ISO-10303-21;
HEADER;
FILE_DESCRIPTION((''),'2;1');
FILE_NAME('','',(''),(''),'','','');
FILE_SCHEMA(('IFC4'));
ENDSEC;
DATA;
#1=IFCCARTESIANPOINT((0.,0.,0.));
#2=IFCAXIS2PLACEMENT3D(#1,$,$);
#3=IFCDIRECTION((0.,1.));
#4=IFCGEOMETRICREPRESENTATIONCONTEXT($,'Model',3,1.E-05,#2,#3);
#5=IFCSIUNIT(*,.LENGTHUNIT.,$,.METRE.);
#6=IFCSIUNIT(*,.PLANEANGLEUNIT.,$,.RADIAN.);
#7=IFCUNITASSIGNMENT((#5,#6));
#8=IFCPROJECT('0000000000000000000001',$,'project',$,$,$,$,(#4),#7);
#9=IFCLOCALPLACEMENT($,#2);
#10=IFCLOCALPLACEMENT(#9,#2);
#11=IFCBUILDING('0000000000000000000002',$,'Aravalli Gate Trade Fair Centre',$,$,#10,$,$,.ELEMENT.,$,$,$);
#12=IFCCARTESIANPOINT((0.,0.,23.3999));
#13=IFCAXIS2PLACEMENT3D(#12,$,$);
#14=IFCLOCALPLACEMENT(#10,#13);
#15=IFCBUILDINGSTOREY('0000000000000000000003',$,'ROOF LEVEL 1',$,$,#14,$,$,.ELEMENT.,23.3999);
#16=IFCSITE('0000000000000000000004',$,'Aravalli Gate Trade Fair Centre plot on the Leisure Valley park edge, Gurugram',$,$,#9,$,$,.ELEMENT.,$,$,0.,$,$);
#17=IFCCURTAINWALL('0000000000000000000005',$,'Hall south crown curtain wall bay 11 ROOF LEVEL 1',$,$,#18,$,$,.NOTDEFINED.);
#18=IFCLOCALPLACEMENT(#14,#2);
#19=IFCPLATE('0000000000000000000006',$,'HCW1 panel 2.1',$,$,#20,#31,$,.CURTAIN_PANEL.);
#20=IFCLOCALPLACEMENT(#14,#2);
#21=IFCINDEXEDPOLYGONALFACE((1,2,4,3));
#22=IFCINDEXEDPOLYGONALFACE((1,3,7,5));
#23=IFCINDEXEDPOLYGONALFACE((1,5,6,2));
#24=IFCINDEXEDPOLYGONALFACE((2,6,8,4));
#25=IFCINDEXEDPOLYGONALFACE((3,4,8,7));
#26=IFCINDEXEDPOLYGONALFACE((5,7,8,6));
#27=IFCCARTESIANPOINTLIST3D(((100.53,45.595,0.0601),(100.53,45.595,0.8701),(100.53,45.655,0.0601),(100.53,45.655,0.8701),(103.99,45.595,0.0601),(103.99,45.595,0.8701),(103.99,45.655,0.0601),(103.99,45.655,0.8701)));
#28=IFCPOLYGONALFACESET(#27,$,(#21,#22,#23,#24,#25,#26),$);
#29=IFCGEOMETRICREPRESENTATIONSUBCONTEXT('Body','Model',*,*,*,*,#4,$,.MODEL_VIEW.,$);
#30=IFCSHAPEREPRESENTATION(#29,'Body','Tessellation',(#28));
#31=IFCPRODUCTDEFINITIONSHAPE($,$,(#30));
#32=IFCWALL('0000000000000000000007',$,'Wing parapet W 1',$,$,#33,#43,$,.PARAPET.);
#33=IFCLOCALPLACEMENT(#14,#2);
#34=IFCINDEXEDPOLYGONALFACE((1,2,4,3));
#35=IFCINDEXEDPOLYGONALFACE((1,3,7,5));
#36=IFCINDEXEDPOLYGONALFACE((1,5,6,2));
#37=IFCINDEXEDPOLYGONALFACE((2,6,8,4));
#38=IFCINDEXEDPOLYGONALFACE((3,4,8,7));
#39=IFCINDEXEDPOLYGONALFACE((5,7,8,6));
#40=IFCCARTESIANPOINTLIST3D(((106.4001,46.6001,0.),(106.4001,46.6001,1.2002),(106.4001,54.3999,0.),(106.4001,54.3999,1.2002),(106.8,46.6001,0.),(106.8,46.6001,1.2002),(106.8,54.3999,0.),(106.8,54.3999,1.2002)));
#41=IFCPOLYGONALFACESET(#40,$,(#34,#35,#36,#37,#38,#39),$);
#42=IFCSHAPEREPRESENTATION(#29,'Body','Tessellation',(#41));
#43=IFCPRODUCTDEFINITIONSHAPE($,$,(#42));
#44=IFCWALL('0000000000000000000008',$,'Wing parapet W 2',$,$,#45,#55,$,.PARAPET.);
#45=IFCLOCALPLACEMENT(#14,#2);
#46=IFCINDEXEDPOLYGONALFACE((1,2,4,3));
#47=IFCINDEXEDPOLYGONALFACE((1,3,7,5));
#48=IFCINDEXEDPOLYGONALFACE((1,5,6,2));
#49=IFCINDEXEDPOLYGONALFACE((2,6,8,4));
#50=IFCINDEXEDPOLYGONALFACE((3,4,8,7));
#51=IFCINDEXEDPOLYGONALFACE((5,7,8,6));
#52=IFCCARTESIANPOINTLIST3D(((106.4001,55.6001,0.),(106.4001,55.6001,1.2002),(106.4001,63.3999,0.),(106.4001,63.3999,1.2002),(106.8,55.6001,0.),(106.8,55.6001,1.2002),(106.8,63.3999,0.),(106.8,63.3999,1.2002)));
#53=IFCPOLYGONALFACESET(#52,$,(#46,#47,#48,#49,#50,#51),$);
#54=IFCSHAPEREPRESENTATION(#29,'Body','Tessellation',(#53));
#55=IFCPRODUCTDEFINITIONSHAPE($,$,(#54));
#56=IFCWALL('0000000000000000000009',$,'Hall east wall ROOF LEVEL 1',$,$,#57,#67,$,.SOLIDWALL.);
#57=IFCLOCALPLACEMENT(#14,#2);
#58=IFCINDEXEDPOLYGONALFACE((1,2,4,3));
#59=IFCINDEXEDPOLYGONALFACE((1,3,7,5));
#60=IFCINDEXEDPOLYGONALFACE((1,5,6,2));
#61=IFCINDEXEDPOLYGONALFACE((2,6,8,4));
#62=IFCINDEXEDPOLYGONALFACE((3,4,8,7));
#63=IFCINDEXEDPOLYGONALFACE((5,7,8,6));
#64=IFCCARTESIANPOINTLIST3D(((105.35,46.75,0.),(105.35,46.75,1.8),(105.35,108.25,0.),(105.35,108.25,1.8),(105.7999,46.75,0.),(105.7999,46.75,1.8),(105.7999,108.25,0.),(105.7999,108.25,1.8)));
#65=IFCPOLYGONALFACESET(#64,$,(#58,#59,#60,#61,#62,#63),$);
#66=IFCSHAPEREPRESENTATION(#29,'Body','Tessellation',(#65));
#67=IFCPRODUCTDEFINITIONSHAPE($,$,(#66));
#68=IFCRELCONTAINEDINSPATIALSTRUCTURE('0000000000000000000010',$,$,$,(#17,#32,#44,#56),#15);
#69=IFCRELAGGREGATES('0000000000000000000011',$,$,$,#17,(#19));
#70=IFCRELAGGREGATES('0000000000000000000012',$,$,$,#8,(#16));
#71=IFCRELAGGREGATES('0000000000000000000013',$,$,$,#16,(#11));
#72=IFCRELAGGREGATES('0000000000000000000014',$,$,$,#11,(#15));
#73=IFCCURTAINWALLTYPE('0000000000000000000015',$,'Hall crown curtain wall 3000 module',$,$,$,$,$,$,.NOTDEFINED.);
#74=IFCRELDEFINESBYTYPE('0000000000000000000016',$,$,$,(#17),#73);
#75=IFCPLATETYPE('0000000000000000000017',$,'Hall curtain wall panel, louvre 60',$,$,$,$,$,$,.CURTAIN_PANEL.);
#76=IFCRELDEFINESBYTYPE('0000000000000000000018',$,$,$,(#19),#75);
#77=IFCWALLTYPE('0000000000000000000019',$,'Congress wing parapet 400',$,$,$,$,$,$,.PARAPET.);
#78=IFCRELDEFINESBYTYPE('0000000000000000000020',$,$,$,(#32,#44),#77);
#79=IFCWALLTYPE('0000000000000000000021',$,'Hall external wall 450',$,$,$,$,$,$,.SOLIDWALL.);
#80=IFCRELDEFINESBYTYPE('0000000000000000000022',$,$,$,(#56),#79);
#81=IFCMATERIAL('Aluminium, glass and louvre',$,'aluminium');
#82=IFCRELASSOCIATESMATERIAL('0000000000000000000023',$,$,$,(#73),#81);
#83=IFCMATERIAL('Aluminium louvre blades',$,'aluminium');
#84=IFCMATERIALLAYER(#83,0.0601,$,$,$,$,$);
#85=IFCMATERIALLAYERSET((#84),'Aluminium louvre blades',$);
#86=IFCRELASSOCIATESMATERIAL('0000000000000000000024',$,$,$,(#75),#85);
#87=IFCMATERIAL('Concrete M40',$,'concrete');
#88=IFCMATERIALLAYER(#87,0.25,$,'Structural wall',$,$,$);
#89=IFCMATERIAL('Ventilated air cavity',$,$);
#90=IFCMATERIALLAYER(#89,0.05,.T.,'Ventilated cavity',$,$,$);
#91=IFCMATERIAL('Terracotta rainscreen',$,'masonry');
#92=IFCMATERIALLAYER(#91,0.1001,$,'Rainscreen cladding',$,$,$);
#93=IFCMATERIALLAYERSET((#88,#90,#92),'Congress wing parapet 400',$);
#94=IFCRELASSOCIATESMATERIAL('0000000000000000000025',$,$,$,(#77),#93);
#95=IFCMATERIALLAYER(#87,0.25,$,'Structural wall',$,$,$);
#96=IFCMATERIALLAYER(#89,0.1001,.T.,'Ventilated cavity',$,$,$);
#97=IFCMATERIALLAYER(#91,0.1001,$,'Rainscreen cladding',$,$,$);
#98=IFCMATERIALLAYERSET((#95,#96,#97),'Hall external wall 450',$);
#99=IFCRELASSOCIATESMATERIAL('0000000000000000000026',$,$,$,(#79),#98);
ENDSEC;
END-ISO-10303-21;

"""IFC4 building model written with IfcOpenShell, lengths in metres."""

from ifc_helpers import new_model, si_unit, direction, frame, frame_2d, origin, origin_2d, place, context, subcontext, project, spatial, rectangle, extrude, material, layer, layer_set, type_object, element, aggregate, save


model = new_model("IFC4")

# Units and contexts
model_context = context("Model", 3, precision=1e-05, world=origin(), true_north=direction((0.0, 1.0)))
body_context = subcontext(model_context, "Body", "Model", "MODEL_VIEW")
ifc_project = project(units=[si_unit("LENGTHUNIT", "METRE"), si_unit("PLANEANGLEUNIT", "RADIAN")], contexts=[model_context])

# Site, building, storey
site_placement = place(None, origin())
site = spatial("IfcSite", under=ifc_project, at=site_placement, Name="Aravalli Gate Trade Fair Centre plot on the Leisure Valley park edge, Gurugram", CompositionType="ELEMENT", RefElevation=0.0)
building_placement = place(site_placement, origin())
building = spatial("IfcBuilding", under=site, at=building_placement, Name="Aravalli Gate Trade Fair Centre", CompositionType="ELEMENT")
storey_placement = place(building_placement, frame((0.0, 0.0, 23.3999)))
storey = spatial("IfcBuildingStorey", under=building, at=storey_placement, Name="ROOF LEVEL 1", CompositionType="ELEMENT", Elevation=23.3999)

# Curtain wall
ifc_material_1 = material(Name="Aluminium, glass and louvre", Category="aluminium")
curtain_wall_type = type_object("IfcCurtainWallType", Name="Hall crown curtain wall 3000 module", PredefinedType="NOTDEFINED", material=ifc_material_1)
curtain_wall_1_placement = place(storey_placement, origin())
curtain_wall_1 = element("IfcCurtainWall", 1, at=curtain_wall_1_placement, inside=storey, type_object=curtain_wall_type, Name="Hall south crown curtain wall bay 11 ROOF LEVEL 1", PredefinedType="NOTDEFINED")

# Plate
ifc_material_2 = material(Name="Aluminium louvre blades", Category="aluminium")
ifc_layer_1 = layer(ifc_material_2, 0.0601)
ifc_layer_set_1 = layer_set([ifc_layer_1], Name="Aluminium louvre blades")
plate_type_1 = type_object("IfcPlateType", Name="Hall curtain wall panel, louvre 60", PredefinedType="CURTAIN_PANEL", material=ifc_layer_set_1)
plate_1_placement = place(storey_placement, frame((102.26, 45.625, 0.0601), z_axis=(0.0, 0.0, 1.0), x_axis=(1.0, 0.0, 0.0)))
plate_1 = element("IfcPlate", 2, at=plate_1_placement, type_object=plate_type_1, Name="HCW1 panel 2.1", PredefinedType="CURTAIN_PANEL", context=body_context, shape_type="SweptSolid", body=[
    extrude(rectangle(XDim=3.46, YDim=0.0601, at=origin_2d()), origin(), (0.0, 0.0, 1.0), 0.8101),
])
aggregate(curtain_wall_1, [plate_1])

# Walls
ifc_material_3 = material(Name="Concrete M40", Category="concrete")
ifc_layer_2 = layer(ifc_material_3, 0.25, Name="Structural wall")
ifc_material_4 = material(Name="Ventilated air cavity")
ifc_layer_3 = layer(ifc_material_4, 0.05, ventilated=True, Name="Ventilated cavity")
ifc_material_5 = material(Name="Terracotta rainscreen", Category="masonry")
ifc_layer_4 = layer(ifc_material_5, 0.1001, Name="Rainscreen cladding")
ifc_layer_set_2 = layer_set([ifc_layer_2, ifc_layer_3, ifc_layer_4], Name="Congress wing parapet 400")
wall_type_1 = type_object("IfcWallType", Name="Congress wing parapet 400", PredefinedType="PARAPET", material=ifc_layer_set_2)
for number, where, z_axis, x_axis, name in (
    (3, (106.6001, 46.6001, 0.0), (0.0, 0.0, 1.0), (0.0, 1.0, 0.0), "Wing parapet W 1"),
    (4, (106.6001, 55.6001, 0.0), (0.0, 0.0, 1.0), (0.0, 1.0, 0.0), "Wing parapet W 2"),
):
    element("IfcWall", number, at=place(storey_placement, frame(where, z_axis=z_axis, x_axis=x_axis)), inside=storey, type_object=wall_type_1, Name=name, PredefinedType="PARAPET", context=body_context, shape_type="SweptSolid", body=[
        extrude(rectangle(XDim=7.7998, YDim=0.3999, at=frame_2d((3.8999, 0.0))), origin(), (0.0, 0.0, 1.0), 1.2002),
    ])
ifc_layer_5 = layer(ifc_material_3, 0.25, Name="Structural wall")
ifc_layer_6 = layer(ifc_material_4, 0.1001, ventilated=True, Name="Ventilated cavity")
ifc_layer_7 = layer(ifc_material_5, 0.1001, Name="Rainscreen cladding")
ifc_layer_set_3 = layer_set([ifc_layer_5, ifc_layer_6, ifc_layer_7], Name="Hall external wall 450")
wall_type_2 = type_object("IfcWallType", Name="Hall external wall 450", PredefinedType="SOLIDWALL", material=ifc_layer_set_3)
wall_placement = place(storey_placement, frame((105.575, 46.75, 0.0), z_axis=(0.0, 0.0, 1.0), x_axis=(0.0, 1.0, 0.0)))
element("IfcWall", 5, at=wall_placement, inside=storey, type_object=wall_type_2, Name="Hall east wall ROOF LEVEL 1", PredefinedType="SOLIDWALL", context=body_context, shape_type="SweptSolid", body=[
    extrude(rectangle(XDim=61.5, YDim=0.45, at=frame_2d((30.75, 0.0))), origin(), (0.0, 0.0, 1.0), 1.8),
])

save(model, "model.ifc")
